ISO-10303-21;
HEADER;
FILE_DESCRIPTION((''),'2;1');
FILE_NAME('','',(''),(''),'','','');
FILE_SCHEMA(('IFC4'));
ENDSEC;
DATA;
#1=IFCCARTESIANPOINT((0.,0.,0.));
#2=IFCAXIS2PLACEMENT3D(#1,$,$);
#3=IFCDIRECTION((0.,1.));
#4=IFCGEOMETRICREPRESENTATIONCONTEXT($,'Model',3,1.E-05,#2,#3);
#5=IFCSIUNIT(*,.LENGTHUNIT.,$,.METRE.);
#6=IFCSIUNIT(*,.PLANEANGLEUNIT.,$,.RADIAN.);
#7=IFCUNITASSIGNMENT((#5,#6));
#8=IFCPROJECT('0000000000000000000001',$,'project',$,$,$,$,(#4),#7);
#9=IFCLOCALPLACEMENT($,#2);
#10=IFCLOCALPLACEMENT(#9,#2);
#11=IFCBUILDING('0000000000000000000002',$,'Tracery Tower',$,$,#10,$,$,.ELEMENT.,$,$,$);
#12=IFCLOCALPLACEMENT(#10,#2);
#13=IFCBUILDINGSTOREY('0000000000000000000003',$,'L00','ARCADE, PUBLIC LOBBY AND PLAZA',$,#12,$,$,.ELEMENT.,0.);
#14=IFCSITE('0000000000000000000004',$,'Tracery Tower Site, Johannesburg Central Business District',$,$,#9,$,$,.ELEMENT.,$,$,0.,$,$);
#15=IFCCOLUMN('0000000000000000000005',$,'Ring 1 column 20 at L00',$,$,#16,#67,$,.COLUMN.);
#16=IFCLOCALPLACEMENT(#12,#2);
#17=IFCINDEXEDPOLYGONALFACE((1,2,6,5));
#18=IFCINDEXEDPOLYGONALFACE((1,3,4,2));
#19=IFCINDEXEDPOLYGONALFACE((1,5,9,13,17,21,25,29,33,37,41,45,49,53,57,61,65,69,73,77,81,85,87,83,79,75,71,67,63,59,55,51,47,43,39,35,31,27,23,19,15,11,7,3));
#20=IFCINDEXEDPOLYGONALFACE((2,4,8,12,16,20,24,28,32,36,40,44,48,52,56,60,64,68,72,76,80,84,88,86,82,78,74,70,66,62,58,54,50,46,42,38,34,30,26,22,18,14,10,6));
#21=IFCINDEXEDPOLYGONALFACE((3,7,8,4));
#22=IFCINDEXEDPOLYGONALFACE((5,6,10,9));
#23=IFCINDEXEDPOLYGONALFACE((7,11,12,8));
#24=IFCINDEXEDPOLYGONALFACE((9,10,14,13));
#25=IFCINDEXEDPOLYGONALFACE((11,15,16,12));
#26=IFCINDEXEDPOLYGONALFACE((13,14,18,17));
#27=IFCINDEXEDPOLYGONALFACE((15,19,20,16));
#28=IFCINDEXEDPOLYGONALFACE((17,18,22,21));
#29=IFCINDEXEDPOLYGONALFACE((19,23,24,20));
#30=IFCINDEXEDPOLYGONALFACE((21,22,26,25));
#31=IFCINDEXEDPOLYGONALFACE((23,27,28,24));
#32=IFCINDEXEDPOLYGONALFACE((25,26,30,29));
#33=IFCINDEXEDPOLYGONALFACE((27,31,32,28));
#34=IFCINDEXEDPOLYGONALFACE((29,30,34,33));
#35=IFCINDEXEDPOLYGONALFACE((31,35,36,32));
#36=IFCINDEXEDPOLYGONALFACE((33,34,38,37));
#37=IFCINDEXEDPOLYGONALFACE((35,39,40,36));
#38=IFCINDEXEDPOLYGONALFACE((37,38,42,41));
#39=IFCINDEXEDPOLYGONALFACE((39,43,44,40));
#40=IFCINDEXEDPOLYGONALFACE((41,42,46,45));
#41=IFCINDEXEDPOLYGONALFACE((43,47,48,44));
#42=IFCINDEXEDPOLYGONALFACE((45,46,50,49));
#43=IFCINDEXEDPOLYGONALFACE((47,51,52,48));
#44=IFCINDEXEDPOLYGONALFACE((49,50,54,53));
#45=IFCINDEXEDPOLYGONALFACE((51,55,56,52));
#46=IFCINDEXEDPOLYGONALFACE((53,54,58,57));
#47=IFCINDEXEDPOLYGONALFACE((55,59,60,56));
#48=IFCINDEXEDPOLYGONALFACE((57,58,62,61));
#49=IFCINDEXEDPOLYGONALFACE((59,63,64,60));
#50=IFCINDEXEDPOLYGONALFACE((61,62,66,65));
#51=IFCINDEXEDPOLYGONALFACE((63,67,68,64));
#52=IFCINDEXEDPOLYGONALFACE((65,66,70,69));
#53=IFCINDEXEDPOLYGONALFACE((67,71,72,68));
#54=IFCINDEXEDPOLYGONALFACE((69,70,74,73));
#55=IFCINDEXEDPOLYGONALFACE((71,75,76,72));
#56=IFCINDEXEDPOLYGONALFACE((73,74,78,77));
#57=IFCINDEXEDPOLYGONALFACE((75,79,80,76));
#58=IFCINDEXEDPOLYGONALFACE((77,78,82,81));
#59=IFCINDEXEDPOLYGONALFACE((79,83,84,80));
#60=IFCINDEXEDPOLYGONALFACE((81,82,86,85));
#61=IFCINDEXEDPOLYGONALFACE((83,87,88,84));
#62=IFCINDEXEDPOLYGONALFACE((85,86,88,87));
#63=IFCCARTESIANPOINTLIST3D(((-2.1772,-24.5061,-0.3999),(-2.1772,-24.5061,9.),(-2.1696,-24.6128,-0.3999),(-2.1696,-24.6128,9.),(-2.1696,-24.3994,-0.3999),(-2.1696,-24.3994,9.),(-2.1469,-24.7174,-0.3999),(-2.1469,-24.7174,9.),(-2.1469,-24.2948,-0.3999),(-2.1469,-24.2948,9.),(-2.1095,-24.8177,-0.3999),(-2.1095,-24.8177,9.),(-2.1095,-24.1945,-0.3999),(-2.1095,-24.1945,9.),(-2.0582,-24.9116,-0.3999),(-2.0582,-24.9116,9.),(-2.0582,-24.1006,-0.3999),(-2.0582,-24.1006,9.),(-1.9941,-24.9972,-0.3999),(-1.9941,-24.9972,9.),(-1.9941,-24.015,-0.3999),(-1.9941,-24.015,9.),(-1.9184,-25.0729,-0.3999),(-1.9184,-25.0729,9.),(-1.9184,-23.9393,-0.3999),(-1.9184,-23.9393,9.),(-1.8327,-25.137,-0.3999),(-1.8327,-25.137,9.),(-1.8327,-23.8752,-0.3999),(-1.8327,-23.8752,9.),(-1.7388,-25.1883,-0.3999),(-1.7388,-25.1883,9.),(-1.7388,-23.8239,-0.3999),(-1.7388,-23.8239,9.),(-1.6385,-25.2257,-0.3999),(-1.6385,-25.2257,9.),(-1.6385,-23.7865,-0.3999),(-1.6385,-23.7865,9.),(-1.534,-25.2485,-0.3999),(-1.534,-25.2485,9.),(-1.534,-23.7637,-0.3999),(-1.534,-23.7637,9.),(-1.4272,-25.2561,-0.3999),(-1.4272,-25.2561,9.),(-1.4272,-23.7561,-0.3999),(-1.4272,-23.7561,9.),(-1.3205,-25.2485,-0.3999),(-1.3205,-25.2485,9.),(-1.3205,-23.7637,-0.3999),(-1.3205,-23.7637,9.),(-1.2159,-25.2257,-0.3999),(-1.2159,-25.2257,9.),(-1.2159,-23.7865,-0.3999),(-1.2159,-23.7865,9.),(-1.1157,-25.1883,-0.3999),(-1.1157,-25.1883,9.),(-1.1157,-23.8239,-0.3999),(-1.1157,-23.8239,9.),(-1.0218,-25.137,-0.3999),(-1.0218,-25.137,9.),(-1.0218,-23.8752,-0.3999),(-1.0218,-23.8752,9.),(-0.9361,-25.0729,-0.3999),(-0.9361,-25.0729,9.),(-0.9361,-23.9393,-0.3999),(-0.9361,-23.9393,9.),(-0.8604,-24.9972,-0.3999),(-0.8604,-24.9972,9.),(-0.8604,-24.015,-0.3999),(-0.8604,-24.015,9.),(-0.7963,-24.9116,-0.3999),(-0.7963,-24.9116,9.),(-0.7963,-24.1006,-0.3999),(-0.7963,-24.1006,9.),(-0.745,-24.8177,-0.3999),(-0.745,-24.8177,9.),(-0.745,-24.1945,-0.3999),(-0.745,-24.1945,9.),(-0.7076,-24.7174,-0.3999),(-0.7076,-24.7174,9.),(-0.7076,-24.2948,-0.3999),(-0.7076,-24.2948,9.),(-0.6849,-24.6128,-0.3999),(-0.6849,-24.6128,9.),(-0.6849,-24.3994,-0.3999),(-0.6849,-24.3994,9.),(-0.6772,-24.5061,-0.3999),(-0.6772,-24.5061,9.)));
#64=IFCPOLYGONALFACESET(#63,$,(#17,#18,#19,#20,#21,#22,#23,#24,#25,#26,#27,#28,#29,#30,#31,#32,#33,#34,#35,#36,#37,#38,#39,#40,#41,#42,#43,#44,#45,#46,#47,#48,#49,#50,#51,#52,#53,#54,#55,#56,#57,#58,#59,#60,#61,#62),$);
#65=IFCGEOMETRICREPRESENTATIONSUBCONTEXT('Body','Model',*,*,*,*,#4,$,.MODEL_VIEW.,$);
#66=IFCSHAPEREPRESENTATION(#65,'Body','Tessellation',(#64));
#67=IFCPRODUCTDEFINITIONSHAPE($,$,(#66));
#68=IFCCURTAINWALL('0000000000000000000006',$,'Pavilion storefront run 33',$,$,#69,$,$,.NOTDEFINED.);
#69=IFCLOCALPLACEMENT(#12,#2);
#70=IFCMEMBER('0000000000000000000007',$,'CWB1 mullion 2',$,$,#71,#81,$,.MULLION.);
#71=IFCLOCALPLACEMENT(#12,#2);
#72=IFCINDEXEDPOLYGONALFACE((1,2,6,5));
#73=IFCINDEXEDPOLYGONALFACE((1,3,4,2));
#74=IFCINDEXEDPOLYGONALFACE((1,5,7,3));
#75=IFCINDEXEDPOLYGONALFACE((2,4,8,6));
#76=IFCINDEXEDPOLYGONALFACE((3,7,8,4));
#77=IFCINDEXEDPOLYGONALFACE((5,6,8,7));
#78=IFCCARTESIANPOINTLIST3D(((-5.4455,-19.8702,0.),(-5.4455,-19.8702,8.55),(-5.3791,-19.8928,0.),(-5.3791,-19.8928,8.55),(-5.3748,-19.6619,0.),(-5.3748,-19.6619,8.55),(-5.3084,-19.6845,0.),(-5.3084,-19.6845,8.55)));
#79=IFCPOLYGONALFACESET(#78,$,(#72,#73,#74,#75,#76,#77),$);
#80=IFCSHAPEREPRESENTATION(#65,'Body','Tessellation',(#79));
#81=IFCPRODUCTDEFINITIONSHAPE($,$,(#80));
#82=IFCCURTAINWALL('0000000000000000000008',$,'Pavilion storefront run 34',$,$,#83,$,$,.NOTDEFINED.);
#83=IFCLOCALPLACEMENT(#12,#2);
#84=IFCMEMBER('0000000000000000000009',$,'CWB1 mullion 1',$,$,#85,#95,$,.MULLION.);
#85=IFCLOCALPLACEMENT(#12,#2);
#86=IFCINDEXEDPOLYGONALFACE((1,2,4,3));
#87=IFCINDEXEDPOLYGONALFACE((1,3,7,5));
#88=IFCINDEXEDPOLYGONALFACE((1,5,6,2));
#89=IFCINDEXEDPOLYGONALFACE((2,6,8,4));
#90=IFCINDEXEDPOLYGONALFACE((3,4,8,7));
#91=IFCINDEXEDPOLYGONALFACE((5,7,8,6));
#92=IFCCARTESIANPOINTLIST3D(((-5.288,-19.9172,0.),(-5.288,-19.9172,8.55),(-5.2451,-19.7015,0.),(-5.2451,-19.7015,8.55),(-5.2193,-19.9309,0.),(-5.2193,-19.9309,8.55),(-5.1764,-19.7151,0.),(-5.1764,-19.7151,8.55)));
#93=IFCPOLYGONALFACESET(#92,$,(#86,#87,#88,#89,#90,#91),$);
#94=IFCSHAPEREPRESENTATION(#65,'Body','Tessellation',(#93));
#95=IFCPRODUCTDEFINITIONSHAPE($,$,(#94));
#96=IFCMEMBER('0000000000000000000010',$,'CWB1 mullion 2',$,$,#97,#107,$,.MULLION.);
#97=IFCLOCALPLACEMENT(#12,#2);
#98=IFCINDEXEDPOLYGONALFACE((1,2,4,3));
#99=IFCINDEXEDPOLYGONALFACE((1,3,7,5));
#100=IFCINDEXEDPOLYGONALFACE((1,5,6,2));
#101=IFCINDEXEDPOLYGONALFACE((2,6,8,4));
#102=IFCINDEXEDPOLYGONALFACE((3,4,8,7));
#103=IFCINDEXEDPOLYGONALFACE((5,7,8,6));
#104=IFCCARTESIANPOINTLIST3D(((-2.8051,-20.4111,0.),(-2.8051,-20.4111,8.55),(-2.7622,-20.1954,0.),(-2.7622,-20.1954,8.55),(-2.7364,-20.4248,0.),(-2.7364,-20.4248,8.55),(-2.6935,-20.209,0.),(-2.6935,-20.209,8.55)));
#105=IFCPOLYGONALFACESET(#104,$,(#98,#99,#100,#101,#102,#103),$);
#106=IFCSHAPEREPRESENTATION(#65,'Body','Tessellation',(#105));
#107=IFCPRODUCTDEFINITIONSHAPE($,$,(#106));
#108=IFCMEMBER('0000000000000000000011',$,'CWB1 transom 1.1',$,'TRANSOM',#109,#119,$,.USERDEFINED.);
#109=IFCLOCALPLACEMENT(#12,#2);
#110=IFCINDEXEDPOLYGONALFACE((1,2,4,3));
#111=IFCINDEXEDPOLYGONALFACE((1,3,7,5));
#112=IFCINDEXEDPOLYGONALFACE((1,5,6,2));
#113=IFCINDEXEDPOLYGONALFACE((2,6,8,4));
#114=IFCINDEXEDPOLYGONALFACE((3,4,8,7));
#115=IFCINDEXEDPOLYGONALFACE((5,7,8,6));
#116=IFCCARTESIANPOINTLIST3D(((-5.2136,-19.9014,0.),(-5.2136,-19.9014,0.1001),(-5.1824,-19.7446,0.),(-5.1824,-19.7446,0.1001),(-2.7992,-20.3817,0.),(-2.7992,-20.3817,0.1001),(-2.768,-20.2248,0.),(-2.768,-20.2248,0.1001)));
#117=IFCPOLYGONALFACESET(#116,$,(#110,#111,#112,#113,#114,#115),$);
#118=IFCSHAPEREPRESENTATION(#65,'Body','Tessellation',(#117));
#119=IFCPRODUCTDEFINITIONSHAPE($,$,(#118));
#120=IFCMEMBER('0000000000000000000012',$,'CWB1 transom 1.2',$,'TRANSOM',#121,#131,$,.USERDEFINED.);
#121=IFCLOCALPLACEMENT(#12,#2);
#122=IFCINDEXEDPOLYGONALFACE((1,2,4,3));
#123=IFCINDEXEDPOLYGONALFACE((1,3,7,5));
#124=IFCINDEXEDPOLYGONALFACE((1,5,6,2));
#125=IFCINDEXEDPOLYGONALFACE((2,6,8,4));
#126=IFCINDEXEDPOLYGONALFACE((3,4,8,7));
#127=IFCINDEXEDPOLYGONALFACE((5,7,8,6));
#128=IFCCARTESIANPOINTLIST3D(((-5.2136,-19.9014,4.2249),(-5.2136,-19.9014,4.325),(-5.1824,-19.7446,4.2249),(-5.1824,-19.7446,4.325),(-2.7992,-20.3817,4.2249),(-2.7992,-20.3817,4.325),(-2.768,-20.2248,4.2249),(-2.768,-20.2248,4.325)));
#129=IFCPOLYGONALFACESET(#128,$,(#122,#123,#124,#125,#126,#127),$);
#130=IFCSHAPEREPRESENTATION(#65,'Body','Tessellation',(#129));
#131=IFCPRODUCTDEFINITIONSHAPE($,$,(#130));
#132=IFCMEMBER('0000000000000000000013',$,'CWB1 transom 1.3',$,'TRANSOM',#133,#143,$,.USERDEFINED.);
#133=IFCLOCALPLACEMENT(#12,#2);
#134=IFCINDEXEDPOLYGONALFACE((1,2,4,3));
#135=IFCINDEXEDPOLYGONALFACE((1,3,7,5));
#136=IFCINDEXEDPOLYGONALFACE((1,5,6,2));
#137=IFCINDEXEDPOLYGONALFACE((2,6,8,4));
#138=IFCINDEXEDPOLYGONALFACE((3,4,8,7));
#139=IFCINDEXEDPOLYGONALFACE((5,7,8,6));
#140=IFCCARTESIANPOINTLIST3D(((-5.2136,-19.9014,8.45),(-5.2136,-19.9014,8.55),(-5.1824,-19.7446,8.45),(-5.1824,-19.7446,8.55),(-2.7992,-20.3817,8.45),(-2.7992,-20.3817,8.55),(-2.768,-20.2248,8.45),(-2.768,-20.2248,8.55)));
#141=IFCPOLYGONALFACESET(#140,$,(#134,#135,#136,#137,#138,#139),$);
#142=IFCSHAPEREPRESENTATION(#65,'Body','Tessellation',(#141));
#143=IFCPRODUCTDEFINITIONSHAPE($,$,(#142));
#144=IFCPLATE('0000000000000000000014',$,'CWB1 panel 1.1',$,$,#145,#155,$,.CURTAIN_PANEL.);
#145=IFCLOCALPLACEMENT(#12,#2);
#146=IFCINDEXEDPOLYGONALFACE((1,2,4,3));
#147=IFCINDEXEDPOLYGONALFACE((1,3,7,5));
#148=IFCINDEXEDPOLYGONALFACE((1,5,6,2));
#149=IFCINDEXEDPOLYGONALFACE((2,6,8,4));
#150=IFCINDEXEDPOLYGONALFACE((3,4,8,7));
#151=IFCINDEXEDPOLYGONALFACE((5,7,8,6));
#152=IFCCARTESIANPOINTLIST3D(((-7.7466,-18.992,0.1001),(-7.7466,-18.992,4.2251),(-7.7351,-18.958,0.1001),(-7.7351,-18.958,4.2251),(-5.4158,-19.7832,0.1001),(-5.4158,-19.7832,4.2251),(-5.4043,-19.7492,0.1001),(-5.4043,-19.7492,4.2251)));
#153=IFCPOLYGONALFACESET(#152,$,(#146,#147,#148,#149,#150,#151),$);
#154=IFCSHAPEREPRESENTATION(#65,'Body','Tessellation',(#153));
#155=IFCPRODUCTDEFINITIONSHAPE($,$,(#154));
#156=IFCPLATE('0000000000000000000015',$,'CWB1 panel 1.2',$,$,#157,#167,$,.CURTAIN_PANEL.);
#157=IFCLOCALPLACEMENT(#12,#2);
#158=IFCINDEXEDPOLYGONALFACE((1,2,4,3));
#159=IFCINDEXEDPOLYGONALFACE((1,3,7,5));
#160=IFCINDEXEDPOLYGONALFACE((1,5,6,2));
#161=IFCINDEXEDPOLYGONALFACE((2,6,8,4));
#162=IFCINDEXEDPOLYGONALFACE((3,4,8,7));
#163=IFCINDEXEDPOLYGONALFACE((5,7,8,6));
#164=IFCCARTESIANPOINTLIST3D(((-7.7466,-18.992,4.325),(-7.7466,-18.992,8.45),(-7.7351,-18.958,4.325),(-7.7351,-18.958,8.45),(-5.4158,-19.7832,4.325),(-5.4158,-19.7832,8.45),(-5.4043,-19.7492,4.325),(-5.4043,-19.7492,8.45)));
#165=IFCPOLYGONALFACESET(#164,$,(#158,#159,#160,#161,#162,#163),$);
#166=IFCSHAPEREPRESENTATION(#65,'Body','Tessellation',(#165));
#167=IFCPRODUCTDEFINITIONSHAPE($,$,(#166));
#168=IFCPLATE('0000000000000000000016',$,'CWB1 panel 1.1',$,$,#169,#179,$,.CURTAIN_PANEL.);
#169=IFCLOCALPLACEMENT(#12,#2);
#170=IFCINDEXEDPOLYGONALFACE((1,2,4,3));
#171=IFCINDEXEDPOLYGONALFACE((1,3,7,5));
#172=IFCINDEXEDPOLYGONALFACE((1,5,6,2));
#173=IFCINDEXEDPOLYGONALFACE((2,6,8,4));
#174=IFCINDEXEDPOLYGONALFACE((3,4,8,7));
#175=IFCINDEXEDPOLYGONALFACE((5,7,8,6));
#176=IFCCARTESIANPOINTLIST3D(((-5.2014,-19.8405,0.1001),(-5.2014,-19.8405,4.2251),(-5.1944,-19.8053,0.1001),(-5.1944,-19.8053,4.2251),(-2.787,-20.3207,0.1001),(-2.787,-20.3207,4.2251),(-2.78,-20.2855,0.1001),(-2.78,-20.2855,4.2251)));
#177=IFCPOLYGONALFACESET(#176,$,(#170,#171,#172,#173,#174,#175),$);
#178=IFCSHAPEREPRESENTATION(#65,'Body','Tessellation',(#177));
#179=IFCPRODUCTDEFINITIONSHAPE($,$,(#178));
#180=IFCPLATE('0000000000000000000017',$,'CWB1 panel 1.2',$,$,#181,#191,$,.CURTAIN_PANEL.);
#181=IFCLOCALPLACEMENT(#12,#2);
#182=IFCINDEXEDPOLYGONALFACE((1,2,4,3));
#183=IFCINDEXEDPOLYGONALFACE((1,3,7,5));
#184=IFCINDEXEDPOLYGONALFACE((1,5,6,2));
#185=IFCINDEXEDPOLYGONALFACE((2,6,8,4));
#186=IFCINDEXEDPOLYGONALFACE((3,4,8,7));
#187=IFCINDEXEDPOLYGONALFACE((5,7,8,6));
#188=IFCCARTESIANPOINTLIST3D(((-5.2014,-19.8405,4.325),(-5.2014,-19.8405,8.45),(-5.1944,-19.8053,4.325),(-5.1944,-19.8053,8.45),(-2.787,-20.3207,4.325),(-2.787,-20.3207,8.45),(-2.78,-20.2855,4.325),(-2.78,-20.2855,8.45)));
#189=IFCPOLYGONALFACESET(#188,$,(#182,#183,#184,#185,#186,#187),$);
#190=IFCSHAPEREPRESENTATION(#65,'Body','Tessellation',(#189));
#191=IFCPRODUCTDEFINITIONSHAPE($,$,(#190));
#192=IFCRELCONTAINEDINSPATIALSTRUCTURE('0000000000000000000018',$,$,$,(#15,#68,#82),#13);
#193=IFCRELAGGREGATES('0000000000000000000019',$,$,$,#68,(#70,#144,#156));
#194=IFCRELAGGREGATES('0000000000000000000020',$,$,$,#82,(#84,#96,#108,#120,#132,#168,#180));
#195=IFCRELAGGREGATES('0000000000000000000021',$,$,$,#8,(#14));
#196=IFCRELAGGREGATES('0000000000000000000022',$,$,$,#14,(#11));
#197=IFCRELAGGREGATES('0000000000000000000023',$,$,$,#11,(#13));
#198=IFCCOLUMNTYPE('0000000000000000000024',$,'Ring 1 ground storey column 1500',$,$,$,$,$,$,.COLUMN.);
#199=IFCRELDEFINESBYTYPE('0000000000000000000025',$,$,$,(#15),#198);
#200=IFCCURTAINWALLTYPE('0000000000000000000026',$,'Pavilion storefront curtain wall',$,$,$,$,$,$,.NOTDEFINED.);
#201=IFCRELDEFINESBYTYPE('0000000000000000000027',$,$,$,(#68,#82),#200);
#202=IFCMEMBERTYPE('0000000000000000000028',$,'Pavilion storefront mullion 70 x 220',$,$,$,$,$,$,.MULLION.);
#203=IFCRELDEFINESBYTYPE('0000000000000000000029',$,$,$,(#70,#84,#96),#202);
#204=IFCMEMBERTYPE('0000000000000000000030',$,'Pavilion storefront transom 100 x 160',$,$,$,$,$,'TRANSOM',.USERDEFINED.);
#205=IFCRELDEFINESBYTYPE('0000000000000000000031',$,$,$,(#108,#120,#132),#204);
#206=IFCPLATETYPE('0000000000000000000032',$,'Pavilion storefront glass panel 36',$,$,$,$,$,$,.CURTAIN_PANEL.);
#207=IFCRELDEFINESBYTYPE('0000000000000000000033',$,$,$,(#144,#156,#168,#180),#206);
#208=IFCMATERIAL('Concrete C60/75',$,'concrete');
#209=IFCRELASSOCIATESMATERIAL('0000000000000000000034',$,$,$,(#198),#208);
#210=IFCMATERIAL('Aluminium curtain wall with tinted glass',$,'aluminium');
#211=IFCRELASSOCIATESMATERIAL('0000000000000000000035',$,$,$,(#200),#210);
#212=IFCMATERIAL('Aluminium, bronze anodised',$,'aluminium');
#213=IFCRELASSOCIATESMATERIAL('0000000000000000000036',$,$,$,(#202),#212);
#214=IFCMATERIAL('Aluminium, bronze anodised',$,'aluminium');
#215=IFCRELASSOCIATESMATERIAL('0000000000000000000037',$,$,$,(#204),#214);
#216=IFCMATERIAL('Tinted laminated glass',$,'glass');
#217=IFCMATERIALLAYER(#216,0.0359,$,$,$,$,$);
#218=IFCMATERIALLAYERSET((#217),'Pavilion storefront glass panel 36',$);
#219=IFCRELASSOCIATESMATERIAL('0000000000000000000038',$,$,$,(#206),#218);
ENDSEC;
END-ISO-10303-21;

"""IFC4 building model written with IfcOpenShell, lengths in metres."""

from ifc_helpers import new_model, si_unit, direction, frame, origin, origin_2d, place, context, subcontext, project, spatial, rectangle, circle, extrude, material, layer, layer_set, material_profile, profile_set, type_object, element, aggregate, save


model = new_model("IFC4")

# Units and contexts
model_context = context("Model", 3, precision=1e-05, world=origin(), true_north=direction((0.0, 1.0)))
body_context = subcontext(model_context, "Body", "Model", "MODEL_VIEW")
ifc_project = project(units=[si_unit("LENGTHUNIT", "METRE"), si_unit("PLANEANGLEUNIT", "RADIAN")], contexts=[model_context])

# Site, building, storey
site_placement = place(None, origin())
site = spatial("IfcSite", under=ifc_project, at=site_placement, Name="Tracery Tower Site, Johannesburg Central Business District", CompositionType="ELEMENT", RefElevation=0.0)
building_placement = place(site_placement, origin())
building = spatial("IfcBuilding", under=site, at=building_placement, Name="Tracery Tower", CompositionType="ELEMENT")
storey_placement = place(building_placement, origin())
storey = spatial("IfcBuildingStorey", under=building, at=storey_placement, Name="L00", Description="ARCADE, PUBLIC LOBBY AND PLAZA", CompositionType="ELEMENT", Elevation=0.0)

# Column
ifc_material_1 = material(Name="Concrete C60/75", Category="concrete")
ifc_material_profile_1 = material_profile(ifc_material_1, circle(Radius=0.75, at=origin_2d()), Name="RC D1500")
ifc_profile_set_1 = profile_set([ifc_material_profile_1], Name="Concrete C60/75")
column_type_1 = type_object("IfcColumnType", Name="Ring 1 ground storey column 1500", PredefinedType="COLUMN", material=ifc_profile_set_1)
for number, where, z_axis, x_axis, name in (
    (1, (-1.4272, -24.5061, -0.3999), (0.0, 0.0, 1.0), (1.0, 0.0, 0.0), "Ring 1 column 20 at L00"),
):
    element("IfcColumn", number, at=place(storey_placement, frame(where, z_axis=z_axis, x_axis=x_axis)), inside=storey, type_object=column_type_1, Name=name, PredefinedType="COLUMN", context=body_context, shape_type="SweptSolid", body=[
        extrude(circle(Radius=0.75, at=origin_2d()), origin(), (0.0, 0.0, 1.0), 9.3999),
    ])

# Curtain wall, member
ifc_material_2 = material(Name="Aluminium curtain wall with tinted glass", Category="aluminium")
curtain_wall_type = type_object("IfcCurtainWallType", Name="Pavilion storefront curtain wall", PredefinedType="NOTDEFINED", material=ifc_material_2)
curtain_wall_1_placement = place(storey_placement, origin())
curtain_wall_1 = element("IfcCurtainWall", 2, at=curtain_wall_1_placement, inside=storey, type_object=curtain_wall_type, Name="Pavilion storefront run 33", PredefinedType="NOTDEFINED")
ifc_material_3 = material(Name="Aluminium, bronze anodised", Category="aluminium")
ifc_material_profile_2 = material_profile(ifc_material_3, rectangle(XDim=0.22, YDim=0.0701, at=origin_2d()), Name="Pavilion storefront mullion 70 x 220")
ifc_profile_set_2 = profile_set([ifc_material_profile_2], Name="Aluminium, bronze anodised")
member_type_1 = type_object("IfcMemberType", Name="Pavilion storefront mullion 70 x 220", PredefinedType="MULLION", material=ifc_profile_set_2)
member_1_placement = place(storey_placement, frame((-5.377, -19.7773, 0.0), z_axis=(0.0, 0.0, 1.0), x_axis=(0.321435, 0.946931, 0.0)))
member_1 = element("IfcMember", 3, at=member_1_placement, type_object=member_type_1, Name="CWB1 mullion 2", PredefinedType="MULLION", context=body_context, shape_type="SweptSolid", body=[
    extrude(rectangle(XDim=0.22, YDim=0.0701, at=origin_2d()), origin(), (0.0, 0.0, 1.0), 8.55),
])

# Curtain wall, members
curtain_wall_2_placement = place(storey_placement, origin())
curtain_wall_2 = element("IfcCurtainWall", 4, at=curtain_wall_2_placement, inside=storey, type_object=curtain_wall_type, Name="Pavilion storefront run 34", PredefinedType="NOTDEFINED")
member_2_placement = place(storey_placement, frame((-5.2322, -19.8162, 0.0), z_axis=(0.0, 0.0, 1.0), x_axis=(0.195074, 0.980789, 0.0)))
member_2 = element("IfcMember", 5, at=member_2_placement, type_object=member_type_1, Name="CWB1 mullion 1", PredefinedType="MULLION", context=body_context, shape_type="SweptSolid", body=[
    extrude(rectangle(XDim=0.22, YDim=0.0701, at=origin_2d()), origin(), (0.0, 0.0, 1.0), 8.55),
])
member_3_placement = place(storey_placement, frame((-2.7493, -20.3101, 0.0), z_axis=(0.0, 0.0, 1.0), x_axis=(0.195074, 0.980789, 0.0)))
member_3 = element("IfcMember", 6, at=member_3_placement, type_object=member_type_1, Name="CWB1 mullion 2", PredefinedType="MULLION", context=body_context, shape_type="SweptSolid", body=[
    extrude(rectangle(XDim=0.22, YDim=0.0701, at=origin_2d()), origin(), (0.0, 0.0, 1.0), 8.55),
])
ifc_material_4 = material(Name="Aluminium, bronze anodised", Category="aluminium")
ifc_material_profile_3 = material_profile(ifc_material_4, rectangle(XDim=0.1599, YDim=0.1001, at=origin_2d()), Name="Pavilion storefront transom 100 x 160")
ifc_profile_set_3 = profile_set([ifc_material_profile_3], Name="Aluminium, bronze anodised")
member_type_2 = type_object("IfcMemberType", Name="Pavilion storefront transom 100 x 160", ElementType="TRANSOM", PredefinedType="USERDEFINED", material=ifc_profile_set_3)
member_4_placement = place(storey_placement, frame((-5.198, -19.823, 0.05), z_axis=(0.980786, -0.195086, 0.0), x_axis=(0.195086, 0.980786, 0.0)))
member_4 = element("IfcMember", 7, at=member_4_placement, type_object=member_type_2, Name="CWB1 transom 1.1", ObjectType="TRANSOM", PredefinedType="USERDEFINED", context=body_context, shape_type="SweptSolid", body=[
    extrude(rectangle(XDim=0.1599, YDim=0.1001, at=origin_2d()), origin(), (0.0, 0.0, 1.0), 2.4617),
])
member_5_placement = place(storey_placement, frame((-5.198, -19.823, 4.2749), z_axis=(0.980786, -0.195086, 0.0), x_axis=(0.195086, 0.980786, 0.0)))
member_5 = element("IfcMember", 8, at=member_5_placement, type_object=member_type_2, Name="CWB1 transom 1.2", ObjectType="TRANSOM", PredefinedType="USERDEFINED", context=body_context, shape_type="SweptSolid", body=[
    extrude(rectangle(XDim=0.1599, YDim=0.1001, at=origin_2d()), origin(), (0.0, 0.0, 1.0), 2.4617),
])
member_6_placement = place(storey_placement, frame((-5.198, -19.823, 8.5), z_axis=(0.980786, -0.195086, 0.0), x_axis=(0.195086, 0.980786, 0.0)))
member_6 = element("IfcMember", 9, at=member_6_placement, type_object=member_type_2, Name="CWB1 transom 1.3", ObjectType="TRANSOM", PredefinedType="USERDEFINED", context=body_context, shape_type="SweptSolid", body=[
    extrude(rectangle(XDim=0.1599, YDim=0.1001, at=origin_2d()), origin(), (0.0, 0.0, 1.0), 2.4617),
])

# Plates
ifc_material_5 = material(Name="Tinted laminated glass", Category="glass")
ifc_layer_1 = layer(ifc_material_5, 0.0359)
ifc_layer_set_1 = layer_set([ifc_layer_1], Name="Pavilion storefront glass panel 36")
plate_type = type_object("IfcPlateType", Name="Pavilion storefront glass panel 36", PredefinedType="CURTAIN_PANEL", material=ifc_layer_set_1)
plate_1_placement = place(storey_placement, frame((-6.5754, -19.3706, 0.1001), z_axis=(0.0, 0.0, 1.0), x_axis=(0.946931, -0.321435, 0.0)))
plate_1 = element("IfcPlate", 10, at=plate_1_placement, type_object=plate_type, Name="CWB1 panel 1.1", PredefinedType="CURTAIN_PANEL", context=body_context, shape_type="SweptSolid", body=[
    extrude(rectangle(XDim=2.4614, YDim=0.0359, at=origin_2d()), origin(), (0.0, 0.0, 1.0), 4.125),
])
plate_2_placement = place(storey_placement, frame((-6.5754, -19.3706, 4.325), z_axis=(0.0, 0.0, 1.0), x_axis=(0.946931, -0.321435, 0.0)))
plate_2 = element("IfcPlate", 11, at=plate_2_placement, type_object=plate_type, Name="CWB1 panel 1.2", PredefinedType="CURTAIN_PANEL", context=body_context, shape_type="SweptSolid", body=[
    extrude(rectangle(XDim=2.4614, YDim=0.0359, at=origin_2d()), origin(), (0.0, 0.0, 1.0), 4.125),
])
aggregate(curtain_wall_1, [member_1, plate_1, plate_2])
plate_3_placement = place(storey_placement, frame((-3.9907, -20.063, 0.1001), z_axis=(0.0, 0.0, 1.0), x_axis=(0.980789, -0.195074, 0.0)))
plate_3 = element("IfcPlate", 12, at=plate_3_placement, type_object=plate_type, Name="CWB1 panel 1.1", PredefinedType="CURTAIN_PANEL", context=body_context, shape_type="SweptSolid", body=[
    extrude(rectangle(XDim=2.4617, YDim=0.0359, at=origin_2d()), origin(), (0.0, 0.0, 1.0), 4.125),
])
plate_4_placement = place(storey_placement, frame((-3.9907, -20.063, 4.325), z_axis=(0.0, 0.0, 1.0), x_axis=(0.980789, -0.195074, 0.0)))
plate_4 = element("IfcPlate", 13, at=plate_4_placement, type_object=plate_type, Name="CWB1 panel 1.2", PredefinedType="CURTAIN_PANEL", context=body_context, shape_type="SweptSolid", body=[
    extrude(rectangle(XDim=2.4617, YDim=0.0359, at=origin_2d()), origin(), (0.0, 0.0, 1.0), 4.125),
])
aggregate(curtain_wall_2, [member_2, member_3, member_4, member_5, member_6, plate_3, plate_4])

save(model, "model.ifc")
